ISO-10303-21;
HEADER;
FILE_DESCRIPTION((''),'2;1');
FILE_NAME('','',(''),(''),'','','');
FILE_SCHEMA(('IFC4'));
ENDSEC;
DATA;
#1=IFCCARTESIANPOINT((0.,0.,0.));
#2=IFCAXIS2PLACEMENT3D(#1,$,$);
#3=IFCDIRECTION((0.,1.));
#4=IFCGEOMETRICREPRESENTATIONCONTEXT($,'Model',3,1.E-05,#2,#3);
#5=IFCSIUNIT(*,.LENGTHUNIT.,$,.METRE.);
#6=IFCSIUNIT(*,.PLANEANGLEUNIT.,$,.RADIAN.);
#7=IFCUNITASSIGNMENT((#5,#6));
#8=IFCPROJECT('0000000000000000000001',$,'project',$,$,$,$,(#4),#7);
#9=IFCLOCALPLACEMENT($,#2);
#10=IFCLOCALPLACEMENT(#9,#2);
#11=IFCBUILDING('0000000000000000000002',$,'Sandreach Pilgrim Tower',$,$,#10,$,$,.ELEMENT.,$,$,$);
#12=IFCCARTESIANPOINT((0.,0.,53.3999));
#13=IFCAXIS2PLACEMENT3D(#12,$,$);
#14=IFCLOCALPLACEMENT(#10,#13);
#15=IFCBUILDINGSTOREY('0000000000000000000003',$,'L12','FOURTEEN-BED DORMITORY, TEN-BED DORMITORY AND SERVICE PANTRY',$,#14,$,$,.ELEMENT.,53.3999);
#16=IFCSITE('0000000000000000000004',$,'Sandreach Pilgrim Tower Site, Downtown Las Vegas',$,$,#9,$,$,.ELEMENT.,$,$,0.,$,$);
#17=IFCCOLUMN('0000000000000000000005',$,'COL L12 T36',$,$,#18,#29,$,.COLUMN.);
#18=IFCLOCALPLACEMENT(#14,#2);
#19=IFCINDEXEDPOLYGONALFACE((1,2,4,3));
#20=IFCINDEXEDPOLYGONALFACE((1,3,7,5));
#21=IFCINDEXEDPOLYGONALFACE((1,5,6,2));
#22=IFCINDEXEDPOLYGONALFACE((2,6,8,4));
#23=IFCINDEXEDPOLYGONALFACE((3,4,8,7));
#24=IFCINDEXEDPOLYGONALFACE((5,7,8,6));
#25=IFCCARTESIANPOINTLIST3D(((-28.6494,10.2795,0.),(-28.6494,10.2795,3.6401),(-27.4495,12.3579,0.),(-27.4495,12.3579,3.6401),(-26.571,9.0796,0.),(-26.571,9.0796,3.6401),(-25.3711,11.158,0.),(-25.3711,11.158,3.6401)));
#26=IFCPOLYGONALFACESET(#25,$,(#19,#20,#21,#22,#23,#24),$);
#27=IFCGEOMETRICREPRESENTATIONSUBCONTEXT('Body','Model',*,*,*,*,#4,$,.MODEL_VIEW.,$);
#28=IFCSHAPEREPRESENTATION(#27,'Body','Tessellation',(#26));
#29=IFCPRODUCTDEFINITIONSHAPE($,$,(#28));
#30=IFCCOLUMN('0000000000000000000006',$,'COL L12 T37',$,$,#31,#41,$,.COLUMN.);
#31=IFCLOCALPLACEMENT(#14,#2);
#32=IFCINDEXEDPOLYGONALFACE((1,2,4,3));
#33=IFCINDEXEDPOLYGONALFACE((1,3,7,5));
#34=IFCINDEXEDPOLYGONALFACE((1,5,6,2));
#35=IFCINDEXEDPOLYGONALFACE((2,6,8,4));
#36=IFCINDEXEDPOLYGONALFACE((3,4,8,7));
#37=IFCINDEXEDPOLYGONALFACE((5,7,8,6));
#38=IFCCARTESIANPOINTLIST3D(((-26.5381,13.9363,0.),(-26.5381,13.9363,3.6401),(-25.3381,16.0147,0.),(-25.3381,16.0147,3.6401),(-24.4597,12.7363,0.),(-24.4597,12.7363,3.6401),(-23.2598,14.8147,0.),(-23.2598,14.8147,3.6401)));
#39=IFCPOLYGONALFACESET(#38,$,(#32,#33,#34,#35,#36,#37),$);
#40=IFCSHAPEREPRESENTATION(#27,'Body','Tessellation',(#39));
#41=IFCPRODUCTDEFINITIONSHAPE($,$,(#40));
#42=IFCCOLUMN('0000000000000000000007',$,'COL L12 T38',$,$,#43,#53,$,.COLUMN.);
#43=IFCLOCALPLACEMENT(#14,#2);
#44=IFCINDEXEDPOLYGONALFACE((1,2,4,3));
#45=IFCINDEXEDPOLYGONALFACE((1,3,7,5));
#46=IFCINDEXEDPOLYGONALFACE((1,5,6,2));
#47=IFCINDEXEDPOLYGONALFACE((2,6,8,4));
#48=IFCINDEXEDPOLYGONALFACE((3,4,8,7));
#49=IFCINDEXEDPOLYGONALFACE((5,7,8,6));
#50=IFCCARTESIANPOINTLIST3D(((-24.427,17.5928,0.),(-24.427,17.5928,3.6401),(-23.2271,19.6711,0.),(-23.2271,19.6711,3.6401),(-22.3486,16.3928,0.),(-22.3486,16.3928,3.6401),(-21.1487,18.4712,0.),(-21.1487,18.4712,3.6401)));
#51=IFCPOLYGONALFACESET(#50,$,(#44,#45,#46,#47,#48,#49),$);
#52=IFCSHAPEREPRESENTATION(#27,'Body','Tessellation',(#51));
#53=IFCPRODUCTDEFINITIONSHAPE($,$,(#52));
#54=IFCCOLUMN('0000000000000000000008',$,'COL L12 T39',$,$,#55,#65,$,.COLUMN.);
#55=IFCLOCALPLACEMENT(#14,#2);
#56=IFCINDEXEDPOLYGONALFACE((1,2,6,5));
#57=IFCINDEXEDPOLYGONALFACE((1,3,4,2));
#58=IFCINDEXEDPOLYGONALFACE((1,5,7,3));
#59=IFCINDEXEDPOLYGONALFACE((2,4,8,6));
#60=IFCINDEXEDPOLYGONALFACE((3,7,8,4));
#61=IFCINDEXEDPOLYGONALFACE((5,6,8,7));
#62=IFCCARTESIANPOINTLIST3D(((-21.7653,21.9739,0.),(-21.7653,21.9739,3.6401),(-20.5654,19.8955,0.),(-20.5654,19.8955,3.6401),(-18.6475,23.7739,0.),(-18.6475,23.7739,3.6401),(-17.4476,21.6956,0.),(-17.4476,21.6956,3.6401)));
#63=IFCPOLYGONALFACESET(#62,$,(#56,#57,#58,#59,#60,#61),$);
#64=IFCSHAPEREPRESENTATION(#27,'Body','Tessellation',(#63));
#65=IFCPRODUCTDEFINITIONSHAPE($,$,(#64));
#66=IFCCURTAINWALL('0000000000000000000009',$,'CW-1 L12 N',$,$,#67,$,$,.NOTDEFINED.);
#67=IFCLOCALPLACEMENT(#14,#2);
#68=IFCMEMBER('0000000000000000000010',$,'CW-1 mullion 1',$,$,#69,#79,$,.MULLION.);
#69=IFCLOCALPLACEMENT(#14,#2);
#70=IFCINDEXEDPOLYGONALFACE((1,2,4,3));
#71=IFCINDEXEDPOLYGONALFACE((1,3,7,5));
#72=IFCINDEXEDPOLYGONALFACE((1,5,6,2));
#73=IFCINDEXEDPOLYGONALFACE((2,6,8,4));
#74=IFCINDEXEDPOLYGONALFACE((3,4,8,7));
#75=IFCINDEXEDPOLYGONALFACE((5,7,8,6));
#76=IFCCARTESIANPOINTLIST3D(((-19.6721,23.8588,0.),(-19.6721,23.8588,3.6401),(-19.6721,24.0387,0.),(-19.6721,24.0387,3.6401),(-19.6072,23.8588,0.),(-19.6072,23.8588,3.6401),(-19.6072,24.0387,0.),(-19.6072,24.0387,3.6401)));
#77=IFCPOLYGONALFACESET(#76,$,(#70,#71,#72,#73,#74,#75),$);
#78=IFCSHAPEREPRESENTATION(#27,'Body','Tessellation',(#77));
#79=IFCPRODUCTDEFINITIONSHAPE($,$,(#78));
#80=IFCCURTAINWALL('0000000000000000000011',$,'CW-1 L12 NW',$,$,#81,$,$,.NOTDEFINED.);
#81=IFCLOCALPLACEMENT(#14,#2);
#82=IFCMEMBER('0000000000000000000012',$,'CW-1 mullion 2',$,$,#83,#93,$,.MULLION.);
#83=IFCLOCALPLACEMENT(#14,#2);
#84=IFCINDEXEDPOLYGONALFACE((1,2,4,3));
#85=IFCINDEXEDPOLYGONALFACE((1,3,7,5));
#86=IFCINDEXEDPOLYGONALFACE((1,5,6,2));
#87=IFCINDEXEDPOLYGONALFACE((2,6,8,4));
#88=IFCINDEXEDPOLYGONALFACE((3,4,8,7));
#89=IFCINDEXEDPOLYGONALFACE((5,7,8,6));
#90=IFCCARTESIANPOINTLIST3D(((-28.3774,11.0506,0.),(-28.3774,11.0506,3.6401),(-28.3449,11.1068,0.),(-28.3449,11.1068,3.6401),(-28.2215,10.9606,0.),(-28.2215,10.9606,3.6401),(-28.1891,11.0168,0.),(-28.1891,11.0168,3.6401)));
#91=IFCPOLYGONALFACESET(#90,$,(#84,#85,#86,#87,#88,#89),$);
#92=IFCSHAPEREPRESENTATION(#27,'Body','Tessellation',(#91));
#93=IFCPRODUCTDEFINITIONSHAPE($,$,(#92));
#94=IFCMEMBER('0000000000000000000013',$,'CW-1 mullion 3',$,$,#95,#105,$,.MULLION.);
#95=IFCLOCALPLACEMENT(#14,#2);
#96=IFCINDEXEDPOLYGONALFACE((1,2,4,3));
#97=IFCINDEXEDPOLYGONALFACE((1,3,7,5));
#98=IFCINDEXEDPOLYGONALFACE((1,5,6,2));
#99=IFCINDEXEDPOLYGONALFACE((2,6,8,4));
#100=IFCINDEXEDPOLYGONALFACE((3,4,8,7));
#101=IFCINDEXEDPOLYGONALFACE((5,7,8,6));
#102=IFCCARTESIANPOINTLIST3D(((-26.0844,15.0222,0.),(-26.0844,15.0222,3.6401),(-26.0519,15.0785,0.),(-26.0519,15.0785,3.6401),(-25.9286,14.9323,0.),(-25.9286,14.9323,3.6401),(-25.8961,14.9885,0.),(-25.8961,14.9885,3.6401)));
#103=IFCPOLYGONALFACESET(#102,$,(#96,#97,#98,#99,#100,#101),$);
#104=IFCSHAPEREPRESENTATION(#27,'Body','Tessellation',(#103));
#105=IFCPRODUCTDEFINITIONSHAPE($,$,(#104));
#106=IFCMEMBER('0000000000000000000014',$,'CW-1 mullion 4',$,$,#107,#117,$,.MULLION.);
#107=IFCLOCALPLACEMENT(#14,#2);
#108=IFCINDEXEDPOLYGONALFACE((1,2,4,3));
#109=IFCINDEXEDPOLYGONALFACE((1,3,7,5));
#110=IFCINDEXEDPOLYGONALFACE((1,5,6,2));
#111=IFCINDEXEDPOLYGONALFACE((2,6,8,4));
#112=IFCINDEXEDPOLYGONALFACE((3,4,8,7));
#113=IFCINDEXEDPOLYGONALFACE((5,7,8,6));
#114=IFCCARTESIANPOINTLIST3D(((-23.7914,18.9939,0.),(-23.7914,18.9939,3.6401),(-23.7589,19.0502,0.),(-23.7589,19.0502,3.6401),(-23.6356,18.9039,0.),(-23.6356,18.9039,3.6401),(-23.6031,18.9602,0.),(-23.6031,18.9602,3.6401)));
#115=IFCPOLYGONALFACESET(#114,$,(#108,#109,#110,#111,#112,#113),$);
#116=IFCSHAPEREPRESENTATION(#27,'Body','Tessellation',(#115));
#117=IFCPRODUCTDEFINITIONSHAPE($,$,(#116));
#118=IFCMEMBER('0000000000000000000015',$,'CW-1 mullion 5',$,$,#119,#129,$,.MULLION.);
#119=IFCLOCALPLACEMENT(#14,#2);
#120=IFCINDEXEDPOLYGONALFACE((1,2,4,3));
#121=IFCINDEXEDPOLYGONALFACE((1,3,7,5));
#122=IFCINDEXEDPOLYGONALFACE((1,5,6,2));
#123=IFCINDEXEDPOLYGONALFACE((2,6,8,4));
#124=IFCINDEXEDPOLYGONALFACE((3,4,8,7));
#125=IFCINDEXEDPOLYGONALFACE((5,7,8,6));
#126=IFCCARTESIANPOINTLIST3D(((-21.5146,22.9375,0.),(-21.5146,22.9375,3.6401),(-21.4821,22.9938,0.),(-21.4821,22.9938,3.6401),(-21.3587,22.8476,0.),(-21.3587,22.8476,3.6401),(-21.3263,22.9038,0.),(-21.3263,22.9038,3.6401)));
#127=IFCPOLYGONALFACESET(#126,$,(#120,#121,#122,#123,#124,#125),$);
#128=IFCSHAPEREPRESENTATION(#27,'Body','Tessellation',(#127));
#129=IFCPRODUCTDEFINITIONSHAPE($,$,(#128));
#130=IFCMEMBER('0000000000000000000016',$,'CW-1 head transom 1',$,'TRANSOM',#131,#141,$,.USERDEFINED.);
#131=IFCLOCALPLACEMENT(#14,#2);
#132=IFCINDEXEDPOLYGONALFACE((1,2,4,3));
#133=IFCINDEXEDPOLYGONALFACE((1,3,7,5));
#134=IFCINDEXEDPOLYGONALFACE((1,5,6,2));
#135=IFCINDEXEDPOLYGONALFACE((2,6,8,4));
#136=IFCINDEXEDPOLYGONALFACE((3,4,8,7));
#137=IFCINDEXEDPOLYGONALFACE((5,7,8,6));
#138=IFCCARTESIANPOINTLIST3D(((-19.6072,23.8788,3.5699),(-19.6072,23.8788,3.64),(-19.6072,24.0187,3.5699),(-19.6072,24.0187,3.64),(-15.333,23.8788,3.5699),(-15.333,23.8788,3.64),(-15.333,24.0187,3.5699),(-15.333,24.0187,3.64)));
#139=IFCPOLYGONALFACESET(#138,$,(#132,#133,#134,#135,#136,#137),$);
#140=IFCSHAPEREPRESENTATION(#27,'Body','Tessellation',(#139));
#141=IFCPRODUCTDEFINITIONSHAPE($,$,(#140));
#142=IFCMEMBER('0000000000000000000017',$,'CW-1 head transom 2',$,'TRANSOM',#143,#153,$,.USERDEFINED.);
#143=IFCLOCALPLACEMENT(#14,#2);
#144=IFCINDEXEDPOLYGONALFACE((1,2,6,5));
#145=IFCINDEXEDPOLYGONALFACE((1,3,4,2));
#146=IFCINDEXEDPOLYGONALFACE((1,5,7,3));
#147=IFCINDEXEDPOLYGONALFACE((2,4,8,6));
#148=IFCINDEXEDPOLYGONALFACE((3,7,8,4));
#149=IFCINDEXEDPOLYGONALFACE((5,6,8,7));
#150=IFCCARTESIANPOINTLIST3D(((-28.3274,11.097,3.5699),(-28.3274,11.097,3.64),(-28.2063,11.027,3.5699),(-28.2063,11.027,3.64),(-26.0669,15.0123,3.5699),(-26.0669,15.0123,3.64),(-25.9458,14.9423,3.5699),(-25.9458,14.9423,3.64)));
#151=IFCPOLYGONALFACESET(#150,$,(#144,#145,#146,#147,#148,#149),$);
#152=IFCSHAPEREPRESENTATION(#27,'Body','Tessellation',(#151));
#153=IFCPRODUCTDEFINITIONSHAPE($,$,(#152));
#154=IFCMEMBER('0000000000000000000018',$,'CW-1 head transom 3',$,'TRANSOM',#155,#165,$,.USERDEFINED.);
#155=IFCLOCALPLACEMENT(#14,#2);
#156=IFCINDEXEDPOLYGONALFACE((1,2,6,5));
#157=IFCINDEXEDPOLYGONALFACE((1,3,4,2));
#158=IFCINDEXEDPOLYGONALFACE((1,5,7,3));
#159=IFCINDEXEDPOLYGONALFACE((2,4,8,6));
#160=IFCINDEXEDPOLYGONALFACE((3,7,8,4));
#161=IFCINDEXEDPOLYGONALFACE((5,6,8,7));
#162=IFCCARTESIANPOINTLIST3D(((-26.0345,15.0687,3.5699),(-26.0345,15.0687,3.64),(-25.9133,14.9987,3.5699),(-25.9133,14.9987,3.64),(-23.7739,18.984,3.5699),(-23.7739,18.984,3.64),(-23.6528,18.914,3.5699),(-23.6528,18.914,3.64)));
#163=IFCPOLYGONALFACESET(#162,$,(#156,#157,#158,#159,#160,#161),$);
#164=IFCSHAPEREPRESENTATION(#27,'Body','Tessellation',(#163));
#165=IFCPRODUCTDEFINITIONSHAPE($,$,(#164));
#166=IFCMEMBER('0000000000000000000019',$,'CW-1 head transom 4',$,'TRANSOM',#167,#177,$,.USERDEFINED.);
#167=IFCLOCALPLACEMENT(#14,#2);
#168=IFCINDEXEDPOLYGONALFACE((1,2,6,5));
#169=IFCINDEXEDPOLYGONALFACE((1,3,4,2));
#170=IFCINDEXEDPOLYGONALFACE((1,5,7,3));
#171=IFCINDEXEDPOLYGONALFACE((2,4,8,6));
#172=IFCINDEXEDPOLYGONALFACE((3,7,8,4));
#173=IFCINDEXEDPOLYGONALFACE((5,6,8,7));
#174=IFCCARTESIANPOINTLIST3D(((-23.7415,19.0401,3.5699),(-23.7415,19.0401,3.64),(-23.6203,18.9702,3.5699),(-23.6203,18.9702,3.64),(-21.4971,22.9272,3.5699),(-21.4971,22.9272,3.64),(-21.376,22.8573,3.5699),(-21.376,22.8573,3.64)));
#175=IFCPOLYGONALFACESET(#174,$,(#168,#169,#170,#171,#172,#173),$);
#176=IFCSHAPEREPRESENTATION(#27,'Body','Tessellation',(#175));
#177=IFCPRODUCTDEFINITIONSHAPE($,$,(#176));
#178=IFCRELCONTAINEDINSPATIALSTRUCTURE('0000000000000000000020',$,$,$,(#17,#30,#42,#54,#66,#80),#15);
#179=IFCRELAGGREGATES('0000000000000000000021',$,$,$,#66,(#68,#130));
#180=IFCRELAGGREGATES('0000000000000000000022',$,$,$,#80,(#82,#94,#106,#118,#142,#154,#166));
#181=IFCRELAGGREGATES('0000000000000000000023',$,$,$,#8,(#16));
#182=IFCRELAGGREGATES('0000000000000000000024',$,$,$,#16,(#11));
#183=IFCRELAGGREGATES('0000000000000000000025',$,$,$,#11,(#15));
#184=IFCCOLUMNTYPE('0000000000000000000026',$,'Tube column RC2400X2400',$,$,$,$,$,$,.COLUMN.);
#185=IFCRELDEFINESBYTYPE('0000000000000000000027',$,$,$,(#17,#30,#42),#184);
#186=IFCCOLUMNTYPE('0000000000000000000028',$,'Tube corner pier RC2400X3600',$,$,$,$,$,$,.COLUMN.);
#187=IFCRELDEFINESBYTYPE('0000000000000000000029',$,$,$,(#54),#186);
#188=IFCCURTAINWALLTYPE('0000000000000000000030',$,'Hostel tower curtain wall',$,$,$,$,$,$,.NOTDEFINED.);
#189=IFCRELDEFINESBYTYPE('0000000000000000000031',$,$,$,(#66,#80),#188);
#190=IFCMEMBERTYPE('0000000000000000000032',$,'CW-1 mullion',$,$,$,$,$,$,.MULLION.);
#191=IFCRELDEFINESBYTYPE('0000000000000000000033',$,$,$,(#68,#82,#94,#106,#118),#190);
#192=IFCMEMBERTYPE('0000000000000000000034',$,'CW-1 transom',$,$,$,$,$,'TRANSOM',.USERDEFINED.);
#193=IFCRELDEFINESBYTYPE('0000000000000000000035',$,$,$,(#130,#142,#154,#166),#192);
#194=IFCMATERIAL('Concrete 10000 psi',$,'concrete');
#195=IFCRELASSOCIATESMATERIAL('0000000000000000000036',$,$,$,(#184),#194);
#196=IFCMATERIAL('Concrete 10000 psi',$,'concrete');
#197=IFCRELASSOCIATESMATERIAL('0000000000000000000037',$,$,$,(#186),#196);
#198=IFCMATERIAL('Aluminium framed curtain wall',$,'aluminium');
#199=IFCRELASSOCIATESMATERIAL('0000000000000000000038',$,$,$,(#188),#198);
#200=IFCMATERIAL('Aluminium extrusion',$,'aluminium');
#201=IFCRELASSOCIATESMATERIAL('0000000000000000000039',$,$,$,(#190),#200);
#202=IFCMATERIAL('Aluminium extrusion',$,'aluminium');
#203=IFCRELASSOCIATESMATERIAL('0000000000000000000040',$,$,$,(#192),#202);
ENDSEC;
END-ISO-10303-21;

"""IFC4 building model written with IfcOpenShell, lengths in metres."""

from ifc_helpers import new_model, si_unit, direction, frame, origin, origin_2d, place, context, subcontext, project, spatial, rectangle, extrude, clip, halfspace, material, material_profile, profile_set, type_object, element, aggregate, save


model = new_model("IFC4")

# Units and contexts
model_context = context("Model", 3, precision=1e-05, world=origin(), true_north=direction((0.0, 1.0)))
body_context = subcontext(model_context, "Body", "Model", "MODEL_VIEW")
ifc_project = project(units=[si_unit("LENGTHUNIT", "METRE"), si_unit("PLANEANGLEUNIT", "RADIAN")], contexts=[model_context])

# Site, building, storey
site_placement = place(None, origin())
site = spatial("IfcSite", under=ifc_project, at=site_placement, Name="Sandreach Pilgrim Tower Site, Downtown Las Vegas", CompositionType="ELEMENT", RefElevation=0.0)
building_placement = place(site_placement, origin())
building = spatial("IfcBuilding", under=site, at=building_placement, Name="Sandreach Pilgrim Tower", CompositionType="ELEMENT")
storey_placement = place(building_placement, frame((0.0, 0.0, 53.3999)))
storey = spatial("IfcBuildingStorey", under=building, at=storey_placement, Name="L12", Description="FOURTEEN-BED DORMITORY, TEN-BED DORMITORY AND SERVICE PANTRY", CompositionType="ELEMENT", Elevation=53.3999)

# Columns
ifc_material_1 = material(Name="Concrete 10000 psi", Category="concrete")
ifc_material_profile_1 = material_profile(ifc_material_1, rectangle(XDim=2.3999, YDim=2.3999, at=origin_2d()), Name="RC2400X2400")
ifc_profile_set_1 = profile_set([ifc_material_profile_1], Name="Concrete 10000 psi")
column_type_1 = type_object("IfcColumnType", Name="Tube column RC2400X2400", PredefinedType="COLUMN", material=ifc_profile_set_1)
column_1_placement = place(storey_placement, frame((-27.0103, 10.7188, 0.0), z_axis=(0.0, 0.0, 1.0), x_axis=(-0.866025, 0.5, 0.0)))
element("IfcColumn", 1, at=column_1_placement, inside=storey, type_object=column_type_1, Name="COL L12 T36", PredefinedType="COLUMN", context=body_context, shape_type="SweptSolid", body=[
    clip(extrude(rectangle(XDim=2.3999, YDim=2.3999, at=origin_2d()), origin(), (0.0, 0.0, 1.0), 3.7371), halfspace(frame((0.0, 0.0, 3.6401)), False)),
])
column_2_placement = place(storey_placement, frame((-24.8989, 14.3755, 0.0), z_axis=(0.0, 0.0, 1.0), x_axis=(-0.866025, 0.5, 0.0)))
element("IfcColumn", 2, at=column_2_placement, inside=storey, type_object=column_type_1, Name="COL L12 T37", PredefinedType="COLUMN", context=body_context, shape_type="SweptSolid", body=[
    clip(extrude(rectangle(XDim=2.3999, YDim=2.3999, at=origin_2d()), origin(), (0.0, 0.0, 1.0), 3.7451), halfspace(frame((0.0, 0.0, 3.6401)), False)),
])
column_3_placement = place(storey_placement, frame((-22.7878, 18.032, 0.0), z_axis=(0.0, 0.0, 1.0), x_axis=(-0.866025, 0.5, 0.0)))
element("IfcColumn", 3, at=column_3_placement, inside=storey, type_object=column_type_1, Name="COL L12 T38", PredefinedType="COLUMN", context=body_context, shape_type="SweptSolid", body=[
    clip(extrude(rectangle(XDim=2.3999, YDim=2.3999, at=origin_2d()), origin(), (0.0, 0.0, 1.0), 3.7371), halfspace(frame((0.0, 0.0, 3.6401)), False)),
])
ifc_material_2 = material(Name="Concrete 10000 psi", Category="concrete")
ifc_material_profile_2 = material_profile(ifc_material_2, rectangle(XDim=2.3999, YDim=3.6001, at=origin_2d()), Name="RC2400X3600")
ifc_profile_set_2 = profile_set([ifc_material_profile_2], Name="Concrete 10000 psi")
column_type_2 = type_object("IfcColumnType", Name="Tube corner pier RC2400X3600", PredefinedType="COLUMN", material=ifc_profile_set_2)
column_4_placement = place(storey_placement, frame((-19.6064, 21.8347, 0.0), z_axis=(0.0, 0.0, 1.0), x_axis=(-0.5, 0.866025, 0.0)))
element("IfcColumn", 4, at=column_4_placement, inside=storey, type_object=column_type_2, Name="COL L12 T39", PredefinedType="COLUMN", context=body_context, shape_type="SweptSolid", body=[
    clip(extrude(rectangle(XDim=2.3999, YDim=3.6001, at=origin_2d()), origin(), (0.0, 0.0, 1.0), 3.7261), halfspace(frame((0.0, 0.0, 3.6401)), False)),
])

# Curtain wall, member
ifc_material_3 = material(Name="Aluminium framed curtain wall", Category="aluminium")
curtain_wall_type = type_object("IfcCurtainWallType", Name="Hostel tower curtain wall", PredefinedType="NOTDEFINED", material=ifc_material_3)
curtain_wall_1_placement = place(storey_placement, origin())
curtain_wall_1 = element("IfcCurtainWall", 5, at=curtain_wall_1_placement, inside=storey, type_object=curtain_wall_type, Name="CW-1 L12 N", PredefinedType="NOTDEFINED")
ifc_material_4 = material(Name="Aluminium extrusion", Category="aluminium")
ifc_material_profile_3 = material_profile(ifc_material_4, rectangle(XDim=0.0649, YDim=0.1799, at=origin_2d()), Name="CW-1M 65X180")
ifc_profile_set_3 = profile_set([ifc_material_profile_3], Name="Aluminium extrusion")
member_type_1 = type_object("IfcMemberType", Name="CW-1 mullion", PredefinedType="MULLION", material=ifc_profile_set_3)
member_1_placement = place(storey_placement, frame((-19.6396, 23.9487, 0.0), z_axis=(0.0, 0.0, 1.0), x_axis=(1.0, 0.0, 0.0)))
member_1 = element("IfcMember", 6, at=member_1_placement, type_object=member_type_1, Name="CW-1 mullion 1", PredefinedType="MULLION", context=body_context, shape_type="SweptSolid", body=[
    extrude(rectangle(XDim=0.0649, YDim=0.1799, at=origin_2d()), origin(), (0.0, 0.0, 1.0), 3.6401),
])

# Curtain wall, members
curtain_wall_2_placement = place(storey_placement, origin())
curtain_wall_2 = element("IfcCurtainWall", 7, at=curtain_wall_2_placement, inside=storey, type_object=curtain_wall_type, Name="CW-1 L12 NW", PredefinedType="NOTDEFINED")
member_2_placement = place(storey_placement, frame((-28.2832, 11.0337, 0.0), z_axis=(0.0, 0.0, 1.0), x_axis=(0.5, 0.866025, 0.0)))
member_2 = element("IfcMember", 8, at=member_2_placement, type_object=member_type_1, Name="CW-1 mullion 2", PredefinedType="MULLION", context=body_context, shape_type="SweptSolid", body=[
    extrude(rectangle(XDim=0.0649, YDim=0.1799, at=origin_2d()), origin(), (0.0, 0.0, 1.0), 3.6401),
])
member_3_placement = place(storey_placement, frame((-25.9902, 15.0054, 0.0), z_axis=(0.0, 0.0, 1.0), x_axis=(0.5, 0.866025, 0.0)))
member_3 = element("IfcMember", 9, at=member_3_placement, type_object=member_type_1, Name="CW-1 mullion 3", PredefinedType="MULLION", context=body_context, shape_type="SweptSolid", body=[
    extrude(rectangle(XDim=0.0649, YDim=0.1799, at=origin_2d()), origin(), (0.0, 0.0, 1.0), 3.6401),
])
member_4_placement = place(storey_placement, frame((-23.6973, 18.9771, 0.0), z_axis=(0.0, 0.0, 1.0), x_axis=(0.5, 0.866025, 0.0)))
member_4 = element("IfcMember", 10, at=member_4_placement, type_object=member_type_1, Name="CW-1 mullion 4", PredefinedType="MULLION", context=body_context, shape_type="SweptSolid", body=[
    extrude(rectangle(XDim=0.0649, YDim=0.1799, at=origin_2d()), origin(), (0.0, 0.0, 1.0), 3.6401),
])
member_5_placement = place(storey_placement, frame((-21.4204, 22.9207, 0.0), z_axis=(0.0, 0.0, 1.0), x_axis=(0.5, 0.866025, 0.0)))
member_5 = element("IfcMember", 11, at=member_5_placement, type_object=member_type_1, Name="CW-1 mullion 5", PredefinedType="MULLION", context=body_context, shape_type="SweptSolid", body=[
    extrude(rectangle(XDim=0.0649, YDim=0.1799, at=origin_2d()), origin(), (0.0, 0.0, 1.0), 3.6401),
])

# Members
ifc_material_5 = material(Name="Aluminium extrusion", Category="aluminium")
ifc_material_profile_4 = material_profile(ifc_material_5, rectangle(XDim=0.1399, YDim=0.0701, at=origin_2d()), Name="CW-1T 140X70")
ifc_profile_set_4 = profile_set([ifc_material_profile_4], Name="Aluminium extrusion")
member_type_2 = type_object("IfcMemberType", Name="CW-1 transom", ElementType="TRANSOM", PredefinedType="USERDEFINED", material=ifc_profile_set_4)
member_6_placement = place(storey_placement, frame((-19.6072, 23.9487, 3.605), z_axis=(1.0, 0.0, 0.0), x_axis=(0.0, 1.0, 0.0)))
member_6 = element("IfcMember", 12, at=member_6_placement, type_object=member_type_2, Name="CW-1 head transom 1", ObjectType="TRANSOM", PredefinedType="USERDEFINED", context=body_context, shape_type="SweptSolid", body=[
    extrude(rectangle(XDim=0.1399, YDim=0.0701, at=origin_2d()), origin(), (0.0, 0.0, 1.0), 4.2742),
])
aggregate(curtain_wall_1, [member_1, member_6])
member_7_placement = place(storey_placement, frame((-28.2668, 11.062, 3.605), z_axis=(0.500001, 0.866025, 0.0), x_axis=(-0.866025, 0.500001, 0.0)))
member_7 = element("IfcMember", 13, at=member_7_placement, type_object=member_type_2, Name="CW-1 head transom 2", ObjectType="TRANSOM", PredefinedType="USERDEFINED", context=body_context, shape_type="SweptSolid", body=[
    extrude(rectangle(XDim=0.1399, YDim=0.0701, at=origin_2d()), origin(), (0.0, 0.0, 1.0), 4.521),
])
member_8_placement = place(storey_placement, frame((-25.9739, 15.0337, 3.605), z_axis=(0.500001, 0.866025, 0.0), x_axis=(-0.866025, 0.500001, 0.0)))
member_8 = element("IfcMember", 14, at=member_8_placement, type_object=member_type_2, Name="CW-1 head transom 3", ObjectType="TRANSOM", PredefinedType="USERDEFINED", context=body_context, shape_type="SweptSolid", body=[
    extrude(rectangle(XDim=0.1399, YDim=0.0701, at=origin_2d()), origin(), (0.0, 0.0, 1.0), 4.521),
])
member_9_placement = place(storey_placement, frame((-23.6809, 19.0051, 3.605), z_axis=(0.500018, 0.866015, 0.0), x_axis=(-0.866015, 0.500018, 0.0)))
member_9 = element("IfcMember", 15, at=member_9_placement, type_object=member_type_2, Name="CW-1 head transom 4", ObjectType="TRANSOM", PredefinedType="USERDEFINED", context=body_context, shape_type="SweptSolid", body=[
    extrude(rectangle(XDim=0.1399, YDim=0.0701, at=origin_2d()), origin(), (0.0, 0.0, 1.0), 4.4885),
])

aggregate(curtain_wall_2, [member_2, member_3, member_4, member_5, member_7, member_8, member_9])

save(model, "model.ifc")
